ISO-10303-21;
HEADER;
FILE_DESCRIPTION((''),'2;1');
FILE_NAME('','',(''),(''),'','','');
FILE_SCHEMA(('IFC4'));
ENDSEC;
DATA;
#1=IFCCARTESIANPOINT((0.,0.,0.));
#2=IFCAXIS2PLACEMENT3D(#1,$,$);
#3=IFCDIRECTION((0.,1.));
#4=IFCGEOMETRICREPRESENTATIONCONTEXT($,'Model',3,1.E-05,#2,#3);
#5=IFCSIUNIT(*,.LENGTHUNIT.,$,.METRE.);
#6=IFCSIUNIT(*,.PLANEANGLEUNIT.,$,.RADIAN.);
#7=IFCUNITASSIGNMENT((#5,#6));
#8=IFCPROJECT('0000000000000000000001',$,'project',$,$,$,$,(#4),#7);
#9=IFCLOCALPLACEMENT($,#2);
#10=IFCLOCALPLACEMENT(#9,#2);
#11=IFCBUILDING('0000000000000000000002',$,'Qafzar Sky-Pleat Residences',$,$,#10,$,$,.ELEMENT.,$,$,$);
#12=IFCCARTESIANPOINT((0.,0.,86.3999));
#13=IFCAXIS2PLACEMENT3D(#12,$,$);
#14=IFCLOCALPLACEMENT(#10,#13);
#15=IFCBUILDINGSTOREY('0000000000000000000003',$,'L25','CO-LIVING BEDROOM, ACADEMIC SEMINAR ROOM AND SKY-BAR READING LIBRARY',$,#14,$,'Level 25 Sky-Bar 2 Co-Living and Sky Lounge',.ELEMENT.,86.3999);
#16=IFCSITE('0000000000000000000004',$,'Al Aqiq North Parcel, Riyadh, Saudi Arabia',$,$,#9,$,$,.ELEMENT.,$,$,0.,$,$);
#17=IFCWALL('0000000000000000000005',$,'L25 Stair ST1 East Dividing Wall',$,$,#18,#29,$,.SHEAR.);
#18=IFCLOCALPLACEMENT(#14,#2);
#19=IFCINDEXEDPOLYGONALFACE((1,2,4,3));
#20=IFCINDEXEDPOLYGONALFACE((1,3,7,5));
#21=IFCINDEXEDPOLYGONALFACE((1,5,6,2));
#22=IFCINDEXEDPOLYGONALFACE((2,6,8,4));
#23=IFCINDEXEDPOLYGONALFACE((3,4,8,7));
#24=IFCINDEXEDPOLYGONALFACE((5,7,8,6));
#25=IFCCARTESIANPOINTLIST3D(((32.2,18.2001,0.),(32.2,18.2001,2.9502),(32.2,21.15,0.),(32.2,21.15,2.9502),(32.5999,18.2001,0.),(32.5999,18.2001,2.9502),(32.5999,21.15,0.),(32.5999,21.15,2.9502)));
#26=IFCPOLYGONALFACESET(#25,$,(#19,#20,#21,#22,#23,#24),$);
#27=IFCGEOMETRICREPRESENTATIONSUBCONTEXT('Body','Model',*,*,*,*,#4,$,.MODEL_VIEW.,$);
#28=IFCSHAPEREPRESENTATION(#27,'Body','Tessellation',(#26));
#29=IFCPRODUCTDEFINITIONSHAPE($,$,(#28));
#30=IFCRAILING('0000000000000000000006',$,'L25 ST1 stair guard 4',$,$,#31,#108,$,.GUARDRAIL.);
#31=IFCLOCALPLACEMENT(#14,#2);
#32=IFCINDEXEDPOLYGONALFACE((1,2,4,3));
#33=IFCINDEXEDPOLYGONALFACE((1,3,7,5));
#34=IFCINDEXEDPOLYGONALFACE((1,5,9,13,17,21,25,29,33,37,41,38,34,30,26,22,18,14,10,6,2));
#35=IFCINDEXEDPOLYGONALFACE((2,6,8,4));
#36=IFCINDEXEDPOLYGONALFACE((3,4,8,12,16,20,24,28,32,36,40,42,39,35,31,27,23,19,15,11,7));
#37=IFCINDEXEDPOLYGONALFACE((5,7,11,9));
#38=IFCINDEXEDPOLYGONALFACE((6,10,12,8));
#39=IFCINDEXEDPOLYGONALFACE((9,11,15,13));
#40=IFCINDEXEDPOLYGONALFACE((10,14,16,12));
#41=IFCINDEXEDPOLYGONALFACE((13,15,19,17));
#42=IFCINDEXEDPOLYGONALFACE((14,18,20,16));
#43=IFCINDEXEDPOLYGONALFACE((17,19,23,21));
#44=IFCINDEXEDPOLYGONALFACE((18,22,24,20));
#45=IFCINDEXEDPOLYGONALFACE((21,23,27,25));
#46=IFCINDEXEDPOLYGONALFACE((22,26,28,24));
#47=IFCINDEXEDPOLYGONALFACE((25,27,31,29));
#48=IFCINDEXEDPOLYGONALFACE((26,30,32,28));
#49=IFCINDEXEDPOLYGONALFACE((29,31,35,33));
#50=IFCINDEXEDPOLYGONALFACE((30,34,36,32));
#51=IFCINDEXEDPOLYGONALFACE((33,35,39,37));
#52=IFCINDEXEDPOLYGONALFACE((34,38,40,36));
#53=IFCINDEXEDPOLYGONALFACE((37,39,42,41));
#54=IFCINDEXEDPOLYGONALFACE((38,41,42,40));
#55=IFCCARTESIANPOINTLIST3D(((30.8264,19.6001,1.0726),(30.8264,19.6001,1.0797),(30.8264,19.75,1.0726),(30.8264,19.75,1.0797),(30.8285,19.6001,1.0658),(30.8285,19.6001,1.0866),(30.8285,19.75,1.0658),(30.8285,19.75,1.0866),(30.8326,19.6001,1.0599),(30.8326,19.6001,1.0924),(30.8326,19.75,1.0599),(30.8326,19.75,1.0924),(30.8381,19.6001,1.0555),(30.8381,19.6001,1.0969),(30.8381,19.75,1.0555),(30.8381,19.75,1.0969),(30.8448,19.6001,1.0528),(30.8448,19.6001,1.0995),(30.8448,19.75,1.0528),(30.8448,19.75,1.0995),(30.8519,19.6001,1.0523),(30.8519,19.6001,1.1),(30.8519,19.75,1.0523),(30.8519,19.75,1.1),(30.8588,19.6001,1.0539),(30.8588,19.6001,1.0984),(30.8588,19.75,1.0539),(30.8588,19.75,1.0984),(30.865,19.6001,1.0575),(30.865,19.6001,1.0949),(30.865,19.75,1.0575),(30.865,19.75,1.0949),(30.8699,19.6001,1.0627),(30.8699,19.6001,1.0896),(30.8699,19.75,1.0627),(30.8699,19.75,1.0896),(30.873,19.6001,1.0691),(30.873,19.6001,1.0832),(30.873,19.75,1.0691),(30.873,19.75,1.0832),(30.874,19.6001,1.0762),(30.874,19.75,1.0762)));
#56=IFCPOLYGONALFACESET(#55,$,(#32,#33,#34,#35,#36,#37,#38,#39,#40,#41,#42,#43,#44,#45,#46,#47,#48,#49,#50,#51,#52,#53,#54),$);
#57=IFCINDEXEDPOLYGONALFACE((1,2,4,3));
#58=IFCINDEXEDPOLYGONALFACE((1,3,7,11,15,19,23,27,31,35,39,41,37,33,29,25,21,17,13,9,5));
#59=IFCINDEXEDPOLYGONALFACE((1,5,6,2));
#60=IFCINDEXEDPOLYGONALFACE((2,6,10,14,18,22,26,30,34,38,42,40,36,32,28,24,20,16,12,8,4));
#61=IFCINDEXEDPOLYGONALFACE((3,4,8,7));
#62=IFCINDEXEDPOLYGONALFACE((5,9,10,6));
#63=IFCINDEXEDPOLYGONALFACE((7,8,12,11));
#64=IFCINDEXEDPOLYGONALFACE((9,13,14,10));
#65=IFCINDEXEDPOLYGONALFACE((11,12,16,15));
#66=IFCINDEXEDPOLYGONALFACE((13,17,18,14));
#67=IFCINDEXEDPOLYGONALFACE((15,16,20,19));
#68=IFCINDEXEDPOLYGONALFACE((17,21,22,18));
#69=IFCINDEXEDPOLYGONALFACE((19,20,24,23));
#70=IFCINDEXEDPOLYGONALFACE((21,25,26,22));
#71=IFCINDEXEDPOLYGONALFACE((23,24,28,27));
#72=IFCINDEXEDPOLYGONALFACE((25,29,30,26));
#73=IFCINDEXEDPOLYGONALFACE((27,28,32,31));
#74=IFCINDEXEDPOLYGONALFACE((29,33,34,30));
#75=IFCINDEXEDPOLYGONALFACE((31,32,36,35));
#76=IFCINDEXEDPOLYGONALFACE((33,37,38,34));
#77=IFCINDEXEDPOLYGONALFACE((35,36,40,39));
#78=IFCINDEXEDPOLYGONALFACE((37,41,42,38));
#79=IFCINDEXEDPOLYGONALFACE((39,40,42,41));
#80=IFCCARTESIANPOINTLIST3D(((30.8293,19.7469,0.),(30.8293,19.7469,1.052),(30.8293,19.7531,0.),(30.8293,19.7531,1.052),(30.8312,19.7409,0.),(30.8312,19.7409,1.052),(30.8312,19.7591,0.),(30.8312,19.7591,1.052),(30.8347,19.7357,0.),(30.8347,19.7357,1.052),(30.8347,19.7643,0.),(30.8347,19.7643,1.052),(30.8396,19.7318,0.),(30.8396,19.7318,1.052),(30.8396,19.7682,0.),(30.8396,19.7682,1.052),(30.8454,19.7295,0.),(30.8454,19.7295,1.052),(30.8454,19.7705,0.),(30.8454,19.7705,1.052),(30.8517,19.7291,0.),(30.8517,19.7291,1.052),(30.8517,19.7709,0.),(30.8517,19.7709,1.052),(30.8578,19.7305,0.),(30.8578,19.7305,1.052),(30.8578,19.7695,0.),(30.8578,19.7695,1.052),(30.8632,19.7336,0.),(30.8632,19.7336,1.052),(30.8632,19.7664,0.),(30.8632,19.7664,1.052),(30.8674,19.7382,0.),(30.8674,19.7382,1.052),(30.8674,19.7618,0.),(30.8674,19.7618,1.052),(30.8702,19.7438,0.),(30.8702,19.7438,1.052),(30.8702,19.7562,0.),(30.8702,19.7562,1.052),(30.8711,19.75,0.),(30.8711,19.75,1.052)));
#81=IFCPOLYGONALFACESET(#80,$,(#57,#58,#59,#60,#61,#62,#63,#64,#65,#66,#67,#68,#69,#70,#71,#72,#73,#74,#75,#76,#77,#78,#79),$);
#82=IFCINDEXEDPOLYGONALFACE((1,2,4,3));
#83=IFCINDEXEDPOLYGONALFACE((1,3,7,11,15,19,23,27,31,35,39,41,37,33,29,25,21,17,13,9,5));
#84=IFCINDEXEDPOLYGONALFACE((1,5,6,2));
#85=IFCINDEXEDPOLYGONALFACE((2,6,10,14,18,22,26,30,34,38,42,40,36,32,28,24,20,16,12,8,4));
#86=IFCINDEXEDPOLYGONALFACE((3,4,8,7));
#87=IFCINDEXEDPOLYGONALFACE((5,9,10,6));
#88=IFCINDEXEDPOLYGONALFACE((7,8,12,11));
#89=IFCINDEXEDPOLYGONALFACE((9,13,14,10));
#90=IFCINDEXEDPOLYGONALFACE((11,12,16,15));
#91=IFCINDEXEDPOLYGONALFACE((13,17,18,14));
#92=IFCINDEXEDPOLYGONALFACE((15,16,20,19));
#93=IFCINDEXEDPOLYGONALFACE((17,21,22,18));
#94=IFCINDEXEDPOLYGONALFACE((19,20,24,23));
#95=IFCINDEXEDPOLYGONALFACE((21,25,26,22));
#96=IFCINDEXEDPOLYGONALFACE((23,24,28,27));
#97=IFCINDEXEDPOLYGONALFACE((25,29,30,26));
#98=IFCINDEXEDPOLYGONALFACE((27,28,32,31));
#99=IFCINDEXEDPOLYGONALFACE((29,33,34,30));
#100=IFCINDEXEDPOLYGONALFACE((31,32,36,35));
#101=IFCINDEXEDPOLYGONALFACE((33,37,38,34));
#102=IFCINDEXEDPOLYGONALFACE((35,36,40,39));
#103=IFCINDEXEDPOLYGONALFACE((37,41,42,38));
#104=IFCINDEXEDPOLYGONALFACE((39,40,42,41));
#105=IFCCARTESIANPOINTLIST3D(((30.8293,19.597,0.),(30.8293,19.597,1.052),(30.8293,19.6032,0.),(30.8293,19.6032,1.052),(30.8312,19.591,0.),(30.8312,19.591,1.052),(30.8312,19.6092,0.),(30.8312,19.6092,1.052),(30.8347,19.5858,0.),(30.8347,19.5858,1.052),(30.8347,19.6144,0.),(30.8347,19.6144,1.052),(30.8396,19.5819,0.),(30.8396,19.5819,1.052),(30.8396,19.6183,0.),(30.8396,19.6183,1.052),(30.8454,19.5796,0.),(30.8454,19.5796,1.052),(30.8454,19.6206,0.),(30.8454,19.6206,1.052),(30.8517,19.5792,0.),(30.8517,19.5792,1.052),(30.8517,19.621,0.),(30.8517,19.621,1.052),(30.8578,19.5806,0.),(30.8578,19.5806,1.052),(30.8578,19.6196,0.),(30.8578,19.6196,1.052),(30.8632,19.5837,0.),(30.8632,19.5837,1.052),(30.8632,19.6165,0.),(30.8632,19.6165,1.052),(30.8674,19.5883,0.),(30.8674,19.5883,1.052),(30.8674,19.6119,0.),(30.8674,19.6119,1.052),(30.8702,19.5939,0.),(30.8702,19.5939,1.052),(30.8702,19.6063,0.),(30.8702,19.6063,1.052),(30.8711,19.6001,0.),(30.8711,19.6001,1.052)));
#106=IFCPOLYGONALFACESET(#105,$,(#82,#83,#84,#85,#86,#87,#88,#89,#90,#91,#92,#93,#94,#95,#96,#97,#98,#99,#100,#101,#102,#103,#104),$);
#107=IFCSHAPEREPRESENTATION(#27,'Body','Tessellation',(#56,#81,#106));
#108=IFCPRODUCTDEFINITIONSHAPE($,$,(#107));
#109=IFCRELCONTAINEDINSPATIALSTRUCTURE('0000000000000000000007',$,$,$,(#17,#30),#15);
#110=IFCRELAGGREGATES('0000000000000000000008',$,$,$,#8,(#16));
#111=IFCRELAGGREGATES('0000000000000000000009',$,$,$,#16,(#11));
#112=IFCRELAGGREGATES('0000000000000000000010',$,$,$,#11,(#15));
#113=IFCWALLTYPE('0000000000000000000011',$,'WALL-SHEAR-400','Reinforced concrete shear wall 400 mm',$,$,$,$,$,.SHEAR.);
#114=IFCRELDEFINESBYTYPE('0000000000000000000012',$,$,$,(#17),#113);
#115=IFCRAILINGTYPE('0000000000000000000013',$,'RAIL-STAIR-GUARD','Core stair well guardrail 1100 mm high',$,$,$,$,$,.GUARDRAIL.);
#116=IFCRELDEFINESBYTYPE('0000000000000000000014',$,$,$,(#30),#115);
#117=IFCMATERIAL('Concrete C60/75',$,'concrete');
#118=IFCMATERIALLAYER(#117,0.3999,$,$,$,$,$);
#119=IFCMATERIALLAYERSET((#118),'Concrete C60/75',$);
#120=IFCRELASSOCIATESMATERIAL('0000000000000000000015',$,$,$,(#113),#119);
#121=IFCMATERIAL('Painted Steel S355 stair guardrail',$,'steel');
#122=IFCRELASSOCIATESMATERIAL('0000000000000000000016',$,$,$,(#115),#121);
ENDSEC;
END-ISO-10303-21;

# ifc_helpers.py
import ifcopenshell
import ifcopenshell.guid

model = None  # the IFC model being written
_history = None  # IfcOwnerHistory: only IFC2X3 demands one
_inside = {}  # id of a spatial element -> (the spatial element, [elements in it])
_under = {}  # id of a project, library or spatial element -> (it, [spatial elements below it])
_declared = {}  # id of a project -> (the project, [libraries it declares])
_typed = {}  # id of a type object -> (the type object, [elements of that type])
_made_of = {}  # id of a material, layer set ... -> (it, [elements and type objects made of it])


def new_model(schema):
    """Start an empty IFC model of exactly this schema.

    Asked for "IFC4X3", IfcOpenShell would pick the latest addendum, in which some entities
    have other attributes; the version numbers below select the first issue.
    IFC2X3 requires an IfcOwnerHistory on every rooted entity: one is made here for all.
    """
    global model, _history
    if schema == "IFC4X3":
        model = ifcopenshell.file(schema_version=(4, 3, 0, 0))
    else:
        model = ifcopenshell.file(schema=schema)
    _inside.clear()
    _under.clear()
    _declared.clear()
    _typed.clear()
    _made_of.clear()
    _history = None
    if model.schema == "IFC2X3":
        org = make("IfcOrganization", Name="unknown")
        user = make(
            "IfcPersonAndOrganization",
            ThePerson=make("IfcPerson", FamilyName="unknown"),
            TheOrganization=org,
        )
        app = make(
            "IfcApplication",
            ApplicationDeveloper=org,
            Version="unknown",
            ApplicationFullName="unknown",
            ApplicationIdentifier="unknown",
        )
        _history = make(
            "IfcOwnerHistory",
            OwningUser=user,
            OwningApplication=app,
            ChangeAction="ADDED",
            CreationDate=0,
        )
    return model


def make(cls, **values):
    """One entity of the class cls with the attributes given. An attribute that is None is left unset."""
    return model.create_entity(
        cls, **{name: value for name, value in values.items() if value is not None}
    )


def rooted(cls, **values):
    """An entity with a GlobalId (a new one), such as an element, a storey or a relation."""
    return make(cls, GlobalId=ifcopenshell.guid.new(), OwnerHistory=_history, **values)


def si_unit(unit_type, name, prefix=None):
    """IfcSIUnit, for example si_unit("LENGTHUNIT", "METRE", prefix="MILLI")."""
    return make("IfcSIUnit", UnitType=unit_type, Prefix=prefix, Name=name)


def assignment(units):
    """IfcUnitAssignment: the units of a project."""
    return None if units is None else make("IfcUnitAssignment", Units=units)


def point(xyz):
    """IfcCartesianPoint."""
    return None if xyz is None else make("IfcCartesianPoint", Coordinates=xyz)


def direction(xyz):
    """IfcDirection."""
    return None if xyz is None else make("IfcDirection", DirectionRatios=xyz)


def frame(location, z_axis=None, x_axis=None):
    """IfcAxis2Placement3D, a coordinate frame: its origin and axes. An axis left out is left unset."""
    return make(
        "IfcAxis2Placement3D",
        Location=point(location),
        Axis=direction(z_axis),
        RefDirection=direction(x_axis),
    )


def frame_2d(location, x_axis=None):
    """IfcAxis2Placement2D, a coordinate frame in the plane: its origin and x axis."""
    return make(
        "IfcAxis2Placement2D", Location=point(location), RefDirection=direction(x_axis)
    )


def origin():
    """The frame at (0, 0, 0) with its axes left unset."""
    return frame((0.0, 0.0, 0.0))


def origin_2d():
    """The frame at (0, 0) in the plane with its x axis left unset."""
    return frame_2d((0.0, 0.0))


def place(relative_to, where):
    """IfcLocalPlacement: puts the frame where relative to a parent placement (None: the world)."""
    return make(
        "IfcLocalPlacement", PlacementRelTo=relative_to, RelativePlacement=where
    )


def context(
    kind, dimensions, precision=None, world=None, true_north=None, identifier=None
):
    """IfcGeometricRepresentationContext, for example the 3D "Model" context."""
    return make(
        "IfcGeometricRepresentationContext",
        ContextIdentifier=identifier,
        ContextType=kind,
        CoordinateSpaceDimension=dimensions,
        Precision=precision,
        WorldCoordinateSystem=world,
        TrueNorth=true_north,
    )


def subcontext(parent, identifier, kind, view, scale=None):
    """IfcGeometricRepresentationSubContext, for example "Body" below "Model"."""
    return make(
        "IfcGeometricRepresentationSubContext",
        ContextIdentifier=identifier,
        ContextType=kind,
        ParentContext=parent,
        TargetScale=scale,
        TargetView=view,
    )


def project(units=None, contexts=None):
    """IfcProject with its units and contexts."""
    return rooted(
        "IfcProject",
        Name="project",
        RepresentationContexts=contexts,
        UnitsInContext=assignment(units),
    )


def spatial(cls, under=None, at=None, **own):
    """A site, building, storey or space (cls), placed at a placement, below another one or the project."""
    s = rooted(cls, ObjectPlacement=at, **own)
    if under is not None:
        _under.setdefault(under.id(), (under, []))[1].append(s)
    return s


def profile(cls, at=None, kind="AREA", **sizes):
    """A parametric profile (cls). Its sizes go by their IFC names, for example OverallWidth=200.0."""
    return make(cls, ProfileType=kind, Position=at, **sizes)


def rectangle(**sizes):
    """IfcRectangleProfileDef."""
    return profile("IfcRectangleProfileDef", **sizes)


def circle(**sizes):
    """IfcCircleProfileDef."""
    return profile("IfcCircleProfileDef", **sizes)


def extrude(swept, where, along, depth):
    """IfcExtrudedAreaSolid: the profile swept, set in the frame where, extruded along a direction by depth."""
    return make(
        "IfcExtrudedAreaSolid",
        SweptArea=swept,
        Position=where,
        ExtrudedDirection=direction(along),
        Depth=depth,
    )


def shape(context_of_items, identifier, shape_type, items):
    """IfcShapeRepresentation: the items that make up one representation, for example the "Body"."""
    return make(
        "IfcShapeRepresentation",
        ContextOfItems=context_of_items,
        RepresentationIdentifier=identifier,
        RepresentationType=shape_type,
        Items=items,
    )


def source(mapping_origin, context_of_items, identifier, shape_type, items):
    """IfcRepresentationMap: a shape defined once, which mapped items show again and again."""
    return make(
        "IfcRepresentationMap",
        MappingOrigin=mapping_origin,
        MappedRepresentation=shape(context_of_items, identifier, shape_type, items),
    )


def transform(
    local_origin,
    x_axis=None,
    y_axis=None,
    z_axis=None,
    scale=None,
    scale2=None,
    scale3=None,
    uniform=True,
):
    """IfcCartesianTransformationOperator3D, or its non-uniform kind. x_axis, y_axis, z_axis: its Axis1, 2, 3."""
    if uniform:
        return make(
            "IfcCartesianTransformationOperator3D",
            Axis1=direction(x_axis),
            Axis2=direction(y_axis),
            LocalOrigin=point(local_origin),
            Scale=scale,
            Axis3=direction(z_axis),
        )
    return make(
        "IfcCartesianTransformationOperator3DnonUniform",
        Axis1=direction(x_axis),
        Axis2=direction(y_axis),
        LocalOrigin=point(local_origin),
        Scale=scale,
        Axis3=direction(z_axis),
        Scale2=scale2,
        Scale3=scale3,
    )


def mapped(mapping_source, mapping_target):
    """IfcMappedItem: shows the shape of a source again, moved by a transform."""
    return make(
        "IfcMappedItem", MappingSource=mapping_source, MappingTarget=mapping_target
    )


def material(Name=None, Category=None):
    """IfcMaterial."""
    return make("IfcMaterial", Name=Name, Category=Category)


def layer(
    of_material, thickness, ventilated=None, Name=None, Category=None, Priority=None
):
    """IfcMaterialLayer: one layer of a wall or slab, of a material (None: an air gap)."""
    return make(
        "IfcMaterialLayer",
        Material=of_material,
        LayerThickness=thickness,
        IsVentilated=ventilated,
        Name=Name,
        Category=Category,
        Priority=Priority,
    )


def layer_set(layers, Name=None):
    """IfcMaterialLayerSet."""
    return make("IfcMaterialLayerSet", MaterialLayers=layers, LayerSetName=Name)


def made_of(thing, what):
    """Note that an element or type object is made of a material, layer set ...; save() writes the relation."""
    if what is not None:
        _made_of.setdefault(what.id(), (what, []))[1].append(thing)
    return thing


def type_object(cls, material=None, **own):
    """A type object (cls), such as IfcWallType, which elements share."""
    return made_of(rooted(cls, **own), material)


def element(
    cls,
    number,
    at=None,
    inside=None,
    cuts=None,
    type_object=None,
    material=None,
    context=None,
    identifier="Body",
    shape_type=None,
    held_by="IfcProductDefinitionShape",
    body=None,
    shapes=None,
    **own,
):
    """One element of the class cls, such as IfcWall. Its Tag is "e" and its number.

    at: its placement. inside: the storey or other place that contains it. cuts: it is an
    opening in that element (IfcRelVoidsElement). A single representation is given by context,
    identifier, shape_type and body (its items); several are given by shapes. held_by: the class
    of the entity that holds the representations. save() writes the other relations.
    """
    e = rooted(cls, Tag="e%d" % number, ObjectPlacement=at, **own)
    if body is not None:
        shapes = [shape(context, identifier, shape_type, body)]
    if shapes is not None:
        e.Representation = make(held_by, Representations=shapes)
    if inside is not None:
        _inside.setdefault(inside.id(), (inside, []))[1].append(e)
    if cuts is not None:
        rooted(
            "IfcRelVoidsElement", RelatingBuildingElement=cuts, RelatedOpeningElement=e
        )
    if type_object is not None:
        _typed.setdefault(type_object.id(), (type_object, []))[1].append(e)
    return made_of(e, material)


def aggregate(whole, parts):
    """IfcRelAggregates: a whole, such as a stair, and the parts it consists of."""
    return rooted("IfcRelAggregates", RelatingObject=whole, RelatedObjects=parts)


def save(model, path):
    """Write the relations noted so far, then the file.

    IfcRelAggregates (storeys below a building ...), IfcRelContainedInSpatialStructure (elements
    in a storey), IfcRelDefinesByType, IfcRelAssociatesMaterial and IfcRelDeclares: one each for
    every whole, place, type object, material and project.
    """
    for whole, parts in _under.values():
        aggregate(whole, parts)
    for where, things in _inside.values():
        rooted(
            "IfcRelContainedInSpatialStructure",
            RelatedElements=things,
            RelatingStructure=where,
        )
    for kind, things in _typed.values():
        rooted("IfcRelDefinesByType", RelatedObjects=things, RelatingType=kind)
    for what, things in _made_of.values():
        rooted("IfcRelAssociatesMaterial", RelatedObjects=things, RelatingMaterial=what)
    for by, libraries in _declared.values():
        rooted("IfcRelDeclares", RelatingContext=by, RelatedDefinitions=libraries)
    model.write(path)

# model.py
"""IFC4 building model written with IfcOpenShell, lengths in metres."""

from ifc_helpers import new_model, si_unit, direction, frame, frame_2d, origin, origin_2d, place, context, subcontext, project, spatial, rectangle, circle, extrude, source, transform, mapped, material, layer, layer_set, type_object, element, save


model = new_model("IFC4")

# Units and contexts
model_context = context("Model", 3, precision=1e-05, world=origin(), true_north=direction((0.0, 1.0)))
body_context = subcontext(model_context, "Body", "Model", "MODEL_VIEW")
ifc_project = project(units=[si_unit("LENGTHUNIT", "METRE"), si_unit("PLANEANGLEUNIT", "RADIAN")], contexts=[model_context])

# Site, building, storey
site_placement = place(None, origin())
site = spatial("IfcSite", under=ifc_project, at=site_placement, Name="Al Aqiq North Parcel, Riyadh, Saudi Arabia", CompositionType="ELEMENT", RefElevation=0.0)
building_placement = place(site_placement, origin())
building = spatial("IfcBuilding", under=site, at=building_placement, Name="Qafzar Sky-Pleat Residences", CompositionType="ELEMENT")
storey_placement = place(building_placement, frame((0.0, 0.0, 86.3999)))
storey = spatial("IfcBuildingStorey", under=building, at=storey_placement, Name="L25", Description="CO-LIVING BEDROOM, ACADEMIC SEMINAR ROOM AND SKY-BAR READING LIBRARY", LongName="Level 25 Sky-Bar 2 Co-Living and Sky Lounge", CompositionType="ELEMENT", Elevation=86.3999)

# Wall
ifc_material_1 = material(Name="Concrete C60/75", Category="concrete")
ifc_layer_1 = layer(ifc_material_1, 0.3999)
ifc_layer_set_1 = layer_set([ifc_layer_1], Name="Concrete C60/75")
wall_type_1 = type_object("IfcWallType", Name="WALL-SHEAR-400", Description="Reinforced concrete shear wall 400 mm", PredefinedType="SHEAR", material=ifc_layer_set_1)
wall_1_placement = place(storey_placement, frame((32.3999, 18.2, 0.0), z_axis=(0.0, 0.0, 1.0), x_axis=(0.0, 1.0, 0.0)))
element("IfcWall", 1, at=wall_1_placement, inside=storey, type_object=wall_type_1, Name="L25 Stair ST1 East Dividing Wall", PredefinedType="SHEAR", context=body_context, shape_type="SweptSolid", body=[
    extrude(rectangle(XDim=2.95, YDim=0.3999, at=frame_2d((1.4751, 0.0))), origin(), (0.0, 0.0, 1.0), 2.9502),
])

# Railing
ifc_material_2 = material(Name="Painted Steel S355 stair guardrail", Category="steel")
railing_type = type_object("IfcRailingType", Name="RAIL-STAIR-GUARD", Description="Core stair well guardrail 1100 mm high", PredefinedType="GUARDRAIL", material=ifc_material_2)
shared_shape_1 = source(origin(), body_context, "Body", "SweptSolid", [
    extrude(circle(Radius=0.0239, at=origin_2d()), frame((0.0, 0.0, 1.0762), z_axis=(0.0, -1.0, 0.0), x_axis=(1.0, 0.0, 0.0)), (0.0, 0.0, 1.0), 0.1499),
    extrude(circle(Radius=0.021, at=origin_2d()), origin(), (0.0, 0.0, 1.0), 1.052),
    extrude(circle(Radius=0.021, at=origin_2d()), frame((0.0, -0.1499, 0.0)), (0.0, 0.0, 1.0), 1.052),
])
railing_placement = place(storey_placement, frame((30.8501, 19.75, 0.0)))
element("IfcRailing", 2, at=railing_placement, inside=storey, type_object=railing_type, Name="L25 ST1 stair guard 4", PredefinedType="GUARDRAIL", context=body_context, shape_type="MappedRepresentation", body=[
    mapped(shared_shape_1, transform((0.0, 0.0, 0.0), x_axis=(1.0, 0.0, 0.0), y_axis=(0.0, 1.0, 0.0), z_axis=(0.0, 0.0, 1.0), scale=1.0)),
])

save(model, "model.ifc")
